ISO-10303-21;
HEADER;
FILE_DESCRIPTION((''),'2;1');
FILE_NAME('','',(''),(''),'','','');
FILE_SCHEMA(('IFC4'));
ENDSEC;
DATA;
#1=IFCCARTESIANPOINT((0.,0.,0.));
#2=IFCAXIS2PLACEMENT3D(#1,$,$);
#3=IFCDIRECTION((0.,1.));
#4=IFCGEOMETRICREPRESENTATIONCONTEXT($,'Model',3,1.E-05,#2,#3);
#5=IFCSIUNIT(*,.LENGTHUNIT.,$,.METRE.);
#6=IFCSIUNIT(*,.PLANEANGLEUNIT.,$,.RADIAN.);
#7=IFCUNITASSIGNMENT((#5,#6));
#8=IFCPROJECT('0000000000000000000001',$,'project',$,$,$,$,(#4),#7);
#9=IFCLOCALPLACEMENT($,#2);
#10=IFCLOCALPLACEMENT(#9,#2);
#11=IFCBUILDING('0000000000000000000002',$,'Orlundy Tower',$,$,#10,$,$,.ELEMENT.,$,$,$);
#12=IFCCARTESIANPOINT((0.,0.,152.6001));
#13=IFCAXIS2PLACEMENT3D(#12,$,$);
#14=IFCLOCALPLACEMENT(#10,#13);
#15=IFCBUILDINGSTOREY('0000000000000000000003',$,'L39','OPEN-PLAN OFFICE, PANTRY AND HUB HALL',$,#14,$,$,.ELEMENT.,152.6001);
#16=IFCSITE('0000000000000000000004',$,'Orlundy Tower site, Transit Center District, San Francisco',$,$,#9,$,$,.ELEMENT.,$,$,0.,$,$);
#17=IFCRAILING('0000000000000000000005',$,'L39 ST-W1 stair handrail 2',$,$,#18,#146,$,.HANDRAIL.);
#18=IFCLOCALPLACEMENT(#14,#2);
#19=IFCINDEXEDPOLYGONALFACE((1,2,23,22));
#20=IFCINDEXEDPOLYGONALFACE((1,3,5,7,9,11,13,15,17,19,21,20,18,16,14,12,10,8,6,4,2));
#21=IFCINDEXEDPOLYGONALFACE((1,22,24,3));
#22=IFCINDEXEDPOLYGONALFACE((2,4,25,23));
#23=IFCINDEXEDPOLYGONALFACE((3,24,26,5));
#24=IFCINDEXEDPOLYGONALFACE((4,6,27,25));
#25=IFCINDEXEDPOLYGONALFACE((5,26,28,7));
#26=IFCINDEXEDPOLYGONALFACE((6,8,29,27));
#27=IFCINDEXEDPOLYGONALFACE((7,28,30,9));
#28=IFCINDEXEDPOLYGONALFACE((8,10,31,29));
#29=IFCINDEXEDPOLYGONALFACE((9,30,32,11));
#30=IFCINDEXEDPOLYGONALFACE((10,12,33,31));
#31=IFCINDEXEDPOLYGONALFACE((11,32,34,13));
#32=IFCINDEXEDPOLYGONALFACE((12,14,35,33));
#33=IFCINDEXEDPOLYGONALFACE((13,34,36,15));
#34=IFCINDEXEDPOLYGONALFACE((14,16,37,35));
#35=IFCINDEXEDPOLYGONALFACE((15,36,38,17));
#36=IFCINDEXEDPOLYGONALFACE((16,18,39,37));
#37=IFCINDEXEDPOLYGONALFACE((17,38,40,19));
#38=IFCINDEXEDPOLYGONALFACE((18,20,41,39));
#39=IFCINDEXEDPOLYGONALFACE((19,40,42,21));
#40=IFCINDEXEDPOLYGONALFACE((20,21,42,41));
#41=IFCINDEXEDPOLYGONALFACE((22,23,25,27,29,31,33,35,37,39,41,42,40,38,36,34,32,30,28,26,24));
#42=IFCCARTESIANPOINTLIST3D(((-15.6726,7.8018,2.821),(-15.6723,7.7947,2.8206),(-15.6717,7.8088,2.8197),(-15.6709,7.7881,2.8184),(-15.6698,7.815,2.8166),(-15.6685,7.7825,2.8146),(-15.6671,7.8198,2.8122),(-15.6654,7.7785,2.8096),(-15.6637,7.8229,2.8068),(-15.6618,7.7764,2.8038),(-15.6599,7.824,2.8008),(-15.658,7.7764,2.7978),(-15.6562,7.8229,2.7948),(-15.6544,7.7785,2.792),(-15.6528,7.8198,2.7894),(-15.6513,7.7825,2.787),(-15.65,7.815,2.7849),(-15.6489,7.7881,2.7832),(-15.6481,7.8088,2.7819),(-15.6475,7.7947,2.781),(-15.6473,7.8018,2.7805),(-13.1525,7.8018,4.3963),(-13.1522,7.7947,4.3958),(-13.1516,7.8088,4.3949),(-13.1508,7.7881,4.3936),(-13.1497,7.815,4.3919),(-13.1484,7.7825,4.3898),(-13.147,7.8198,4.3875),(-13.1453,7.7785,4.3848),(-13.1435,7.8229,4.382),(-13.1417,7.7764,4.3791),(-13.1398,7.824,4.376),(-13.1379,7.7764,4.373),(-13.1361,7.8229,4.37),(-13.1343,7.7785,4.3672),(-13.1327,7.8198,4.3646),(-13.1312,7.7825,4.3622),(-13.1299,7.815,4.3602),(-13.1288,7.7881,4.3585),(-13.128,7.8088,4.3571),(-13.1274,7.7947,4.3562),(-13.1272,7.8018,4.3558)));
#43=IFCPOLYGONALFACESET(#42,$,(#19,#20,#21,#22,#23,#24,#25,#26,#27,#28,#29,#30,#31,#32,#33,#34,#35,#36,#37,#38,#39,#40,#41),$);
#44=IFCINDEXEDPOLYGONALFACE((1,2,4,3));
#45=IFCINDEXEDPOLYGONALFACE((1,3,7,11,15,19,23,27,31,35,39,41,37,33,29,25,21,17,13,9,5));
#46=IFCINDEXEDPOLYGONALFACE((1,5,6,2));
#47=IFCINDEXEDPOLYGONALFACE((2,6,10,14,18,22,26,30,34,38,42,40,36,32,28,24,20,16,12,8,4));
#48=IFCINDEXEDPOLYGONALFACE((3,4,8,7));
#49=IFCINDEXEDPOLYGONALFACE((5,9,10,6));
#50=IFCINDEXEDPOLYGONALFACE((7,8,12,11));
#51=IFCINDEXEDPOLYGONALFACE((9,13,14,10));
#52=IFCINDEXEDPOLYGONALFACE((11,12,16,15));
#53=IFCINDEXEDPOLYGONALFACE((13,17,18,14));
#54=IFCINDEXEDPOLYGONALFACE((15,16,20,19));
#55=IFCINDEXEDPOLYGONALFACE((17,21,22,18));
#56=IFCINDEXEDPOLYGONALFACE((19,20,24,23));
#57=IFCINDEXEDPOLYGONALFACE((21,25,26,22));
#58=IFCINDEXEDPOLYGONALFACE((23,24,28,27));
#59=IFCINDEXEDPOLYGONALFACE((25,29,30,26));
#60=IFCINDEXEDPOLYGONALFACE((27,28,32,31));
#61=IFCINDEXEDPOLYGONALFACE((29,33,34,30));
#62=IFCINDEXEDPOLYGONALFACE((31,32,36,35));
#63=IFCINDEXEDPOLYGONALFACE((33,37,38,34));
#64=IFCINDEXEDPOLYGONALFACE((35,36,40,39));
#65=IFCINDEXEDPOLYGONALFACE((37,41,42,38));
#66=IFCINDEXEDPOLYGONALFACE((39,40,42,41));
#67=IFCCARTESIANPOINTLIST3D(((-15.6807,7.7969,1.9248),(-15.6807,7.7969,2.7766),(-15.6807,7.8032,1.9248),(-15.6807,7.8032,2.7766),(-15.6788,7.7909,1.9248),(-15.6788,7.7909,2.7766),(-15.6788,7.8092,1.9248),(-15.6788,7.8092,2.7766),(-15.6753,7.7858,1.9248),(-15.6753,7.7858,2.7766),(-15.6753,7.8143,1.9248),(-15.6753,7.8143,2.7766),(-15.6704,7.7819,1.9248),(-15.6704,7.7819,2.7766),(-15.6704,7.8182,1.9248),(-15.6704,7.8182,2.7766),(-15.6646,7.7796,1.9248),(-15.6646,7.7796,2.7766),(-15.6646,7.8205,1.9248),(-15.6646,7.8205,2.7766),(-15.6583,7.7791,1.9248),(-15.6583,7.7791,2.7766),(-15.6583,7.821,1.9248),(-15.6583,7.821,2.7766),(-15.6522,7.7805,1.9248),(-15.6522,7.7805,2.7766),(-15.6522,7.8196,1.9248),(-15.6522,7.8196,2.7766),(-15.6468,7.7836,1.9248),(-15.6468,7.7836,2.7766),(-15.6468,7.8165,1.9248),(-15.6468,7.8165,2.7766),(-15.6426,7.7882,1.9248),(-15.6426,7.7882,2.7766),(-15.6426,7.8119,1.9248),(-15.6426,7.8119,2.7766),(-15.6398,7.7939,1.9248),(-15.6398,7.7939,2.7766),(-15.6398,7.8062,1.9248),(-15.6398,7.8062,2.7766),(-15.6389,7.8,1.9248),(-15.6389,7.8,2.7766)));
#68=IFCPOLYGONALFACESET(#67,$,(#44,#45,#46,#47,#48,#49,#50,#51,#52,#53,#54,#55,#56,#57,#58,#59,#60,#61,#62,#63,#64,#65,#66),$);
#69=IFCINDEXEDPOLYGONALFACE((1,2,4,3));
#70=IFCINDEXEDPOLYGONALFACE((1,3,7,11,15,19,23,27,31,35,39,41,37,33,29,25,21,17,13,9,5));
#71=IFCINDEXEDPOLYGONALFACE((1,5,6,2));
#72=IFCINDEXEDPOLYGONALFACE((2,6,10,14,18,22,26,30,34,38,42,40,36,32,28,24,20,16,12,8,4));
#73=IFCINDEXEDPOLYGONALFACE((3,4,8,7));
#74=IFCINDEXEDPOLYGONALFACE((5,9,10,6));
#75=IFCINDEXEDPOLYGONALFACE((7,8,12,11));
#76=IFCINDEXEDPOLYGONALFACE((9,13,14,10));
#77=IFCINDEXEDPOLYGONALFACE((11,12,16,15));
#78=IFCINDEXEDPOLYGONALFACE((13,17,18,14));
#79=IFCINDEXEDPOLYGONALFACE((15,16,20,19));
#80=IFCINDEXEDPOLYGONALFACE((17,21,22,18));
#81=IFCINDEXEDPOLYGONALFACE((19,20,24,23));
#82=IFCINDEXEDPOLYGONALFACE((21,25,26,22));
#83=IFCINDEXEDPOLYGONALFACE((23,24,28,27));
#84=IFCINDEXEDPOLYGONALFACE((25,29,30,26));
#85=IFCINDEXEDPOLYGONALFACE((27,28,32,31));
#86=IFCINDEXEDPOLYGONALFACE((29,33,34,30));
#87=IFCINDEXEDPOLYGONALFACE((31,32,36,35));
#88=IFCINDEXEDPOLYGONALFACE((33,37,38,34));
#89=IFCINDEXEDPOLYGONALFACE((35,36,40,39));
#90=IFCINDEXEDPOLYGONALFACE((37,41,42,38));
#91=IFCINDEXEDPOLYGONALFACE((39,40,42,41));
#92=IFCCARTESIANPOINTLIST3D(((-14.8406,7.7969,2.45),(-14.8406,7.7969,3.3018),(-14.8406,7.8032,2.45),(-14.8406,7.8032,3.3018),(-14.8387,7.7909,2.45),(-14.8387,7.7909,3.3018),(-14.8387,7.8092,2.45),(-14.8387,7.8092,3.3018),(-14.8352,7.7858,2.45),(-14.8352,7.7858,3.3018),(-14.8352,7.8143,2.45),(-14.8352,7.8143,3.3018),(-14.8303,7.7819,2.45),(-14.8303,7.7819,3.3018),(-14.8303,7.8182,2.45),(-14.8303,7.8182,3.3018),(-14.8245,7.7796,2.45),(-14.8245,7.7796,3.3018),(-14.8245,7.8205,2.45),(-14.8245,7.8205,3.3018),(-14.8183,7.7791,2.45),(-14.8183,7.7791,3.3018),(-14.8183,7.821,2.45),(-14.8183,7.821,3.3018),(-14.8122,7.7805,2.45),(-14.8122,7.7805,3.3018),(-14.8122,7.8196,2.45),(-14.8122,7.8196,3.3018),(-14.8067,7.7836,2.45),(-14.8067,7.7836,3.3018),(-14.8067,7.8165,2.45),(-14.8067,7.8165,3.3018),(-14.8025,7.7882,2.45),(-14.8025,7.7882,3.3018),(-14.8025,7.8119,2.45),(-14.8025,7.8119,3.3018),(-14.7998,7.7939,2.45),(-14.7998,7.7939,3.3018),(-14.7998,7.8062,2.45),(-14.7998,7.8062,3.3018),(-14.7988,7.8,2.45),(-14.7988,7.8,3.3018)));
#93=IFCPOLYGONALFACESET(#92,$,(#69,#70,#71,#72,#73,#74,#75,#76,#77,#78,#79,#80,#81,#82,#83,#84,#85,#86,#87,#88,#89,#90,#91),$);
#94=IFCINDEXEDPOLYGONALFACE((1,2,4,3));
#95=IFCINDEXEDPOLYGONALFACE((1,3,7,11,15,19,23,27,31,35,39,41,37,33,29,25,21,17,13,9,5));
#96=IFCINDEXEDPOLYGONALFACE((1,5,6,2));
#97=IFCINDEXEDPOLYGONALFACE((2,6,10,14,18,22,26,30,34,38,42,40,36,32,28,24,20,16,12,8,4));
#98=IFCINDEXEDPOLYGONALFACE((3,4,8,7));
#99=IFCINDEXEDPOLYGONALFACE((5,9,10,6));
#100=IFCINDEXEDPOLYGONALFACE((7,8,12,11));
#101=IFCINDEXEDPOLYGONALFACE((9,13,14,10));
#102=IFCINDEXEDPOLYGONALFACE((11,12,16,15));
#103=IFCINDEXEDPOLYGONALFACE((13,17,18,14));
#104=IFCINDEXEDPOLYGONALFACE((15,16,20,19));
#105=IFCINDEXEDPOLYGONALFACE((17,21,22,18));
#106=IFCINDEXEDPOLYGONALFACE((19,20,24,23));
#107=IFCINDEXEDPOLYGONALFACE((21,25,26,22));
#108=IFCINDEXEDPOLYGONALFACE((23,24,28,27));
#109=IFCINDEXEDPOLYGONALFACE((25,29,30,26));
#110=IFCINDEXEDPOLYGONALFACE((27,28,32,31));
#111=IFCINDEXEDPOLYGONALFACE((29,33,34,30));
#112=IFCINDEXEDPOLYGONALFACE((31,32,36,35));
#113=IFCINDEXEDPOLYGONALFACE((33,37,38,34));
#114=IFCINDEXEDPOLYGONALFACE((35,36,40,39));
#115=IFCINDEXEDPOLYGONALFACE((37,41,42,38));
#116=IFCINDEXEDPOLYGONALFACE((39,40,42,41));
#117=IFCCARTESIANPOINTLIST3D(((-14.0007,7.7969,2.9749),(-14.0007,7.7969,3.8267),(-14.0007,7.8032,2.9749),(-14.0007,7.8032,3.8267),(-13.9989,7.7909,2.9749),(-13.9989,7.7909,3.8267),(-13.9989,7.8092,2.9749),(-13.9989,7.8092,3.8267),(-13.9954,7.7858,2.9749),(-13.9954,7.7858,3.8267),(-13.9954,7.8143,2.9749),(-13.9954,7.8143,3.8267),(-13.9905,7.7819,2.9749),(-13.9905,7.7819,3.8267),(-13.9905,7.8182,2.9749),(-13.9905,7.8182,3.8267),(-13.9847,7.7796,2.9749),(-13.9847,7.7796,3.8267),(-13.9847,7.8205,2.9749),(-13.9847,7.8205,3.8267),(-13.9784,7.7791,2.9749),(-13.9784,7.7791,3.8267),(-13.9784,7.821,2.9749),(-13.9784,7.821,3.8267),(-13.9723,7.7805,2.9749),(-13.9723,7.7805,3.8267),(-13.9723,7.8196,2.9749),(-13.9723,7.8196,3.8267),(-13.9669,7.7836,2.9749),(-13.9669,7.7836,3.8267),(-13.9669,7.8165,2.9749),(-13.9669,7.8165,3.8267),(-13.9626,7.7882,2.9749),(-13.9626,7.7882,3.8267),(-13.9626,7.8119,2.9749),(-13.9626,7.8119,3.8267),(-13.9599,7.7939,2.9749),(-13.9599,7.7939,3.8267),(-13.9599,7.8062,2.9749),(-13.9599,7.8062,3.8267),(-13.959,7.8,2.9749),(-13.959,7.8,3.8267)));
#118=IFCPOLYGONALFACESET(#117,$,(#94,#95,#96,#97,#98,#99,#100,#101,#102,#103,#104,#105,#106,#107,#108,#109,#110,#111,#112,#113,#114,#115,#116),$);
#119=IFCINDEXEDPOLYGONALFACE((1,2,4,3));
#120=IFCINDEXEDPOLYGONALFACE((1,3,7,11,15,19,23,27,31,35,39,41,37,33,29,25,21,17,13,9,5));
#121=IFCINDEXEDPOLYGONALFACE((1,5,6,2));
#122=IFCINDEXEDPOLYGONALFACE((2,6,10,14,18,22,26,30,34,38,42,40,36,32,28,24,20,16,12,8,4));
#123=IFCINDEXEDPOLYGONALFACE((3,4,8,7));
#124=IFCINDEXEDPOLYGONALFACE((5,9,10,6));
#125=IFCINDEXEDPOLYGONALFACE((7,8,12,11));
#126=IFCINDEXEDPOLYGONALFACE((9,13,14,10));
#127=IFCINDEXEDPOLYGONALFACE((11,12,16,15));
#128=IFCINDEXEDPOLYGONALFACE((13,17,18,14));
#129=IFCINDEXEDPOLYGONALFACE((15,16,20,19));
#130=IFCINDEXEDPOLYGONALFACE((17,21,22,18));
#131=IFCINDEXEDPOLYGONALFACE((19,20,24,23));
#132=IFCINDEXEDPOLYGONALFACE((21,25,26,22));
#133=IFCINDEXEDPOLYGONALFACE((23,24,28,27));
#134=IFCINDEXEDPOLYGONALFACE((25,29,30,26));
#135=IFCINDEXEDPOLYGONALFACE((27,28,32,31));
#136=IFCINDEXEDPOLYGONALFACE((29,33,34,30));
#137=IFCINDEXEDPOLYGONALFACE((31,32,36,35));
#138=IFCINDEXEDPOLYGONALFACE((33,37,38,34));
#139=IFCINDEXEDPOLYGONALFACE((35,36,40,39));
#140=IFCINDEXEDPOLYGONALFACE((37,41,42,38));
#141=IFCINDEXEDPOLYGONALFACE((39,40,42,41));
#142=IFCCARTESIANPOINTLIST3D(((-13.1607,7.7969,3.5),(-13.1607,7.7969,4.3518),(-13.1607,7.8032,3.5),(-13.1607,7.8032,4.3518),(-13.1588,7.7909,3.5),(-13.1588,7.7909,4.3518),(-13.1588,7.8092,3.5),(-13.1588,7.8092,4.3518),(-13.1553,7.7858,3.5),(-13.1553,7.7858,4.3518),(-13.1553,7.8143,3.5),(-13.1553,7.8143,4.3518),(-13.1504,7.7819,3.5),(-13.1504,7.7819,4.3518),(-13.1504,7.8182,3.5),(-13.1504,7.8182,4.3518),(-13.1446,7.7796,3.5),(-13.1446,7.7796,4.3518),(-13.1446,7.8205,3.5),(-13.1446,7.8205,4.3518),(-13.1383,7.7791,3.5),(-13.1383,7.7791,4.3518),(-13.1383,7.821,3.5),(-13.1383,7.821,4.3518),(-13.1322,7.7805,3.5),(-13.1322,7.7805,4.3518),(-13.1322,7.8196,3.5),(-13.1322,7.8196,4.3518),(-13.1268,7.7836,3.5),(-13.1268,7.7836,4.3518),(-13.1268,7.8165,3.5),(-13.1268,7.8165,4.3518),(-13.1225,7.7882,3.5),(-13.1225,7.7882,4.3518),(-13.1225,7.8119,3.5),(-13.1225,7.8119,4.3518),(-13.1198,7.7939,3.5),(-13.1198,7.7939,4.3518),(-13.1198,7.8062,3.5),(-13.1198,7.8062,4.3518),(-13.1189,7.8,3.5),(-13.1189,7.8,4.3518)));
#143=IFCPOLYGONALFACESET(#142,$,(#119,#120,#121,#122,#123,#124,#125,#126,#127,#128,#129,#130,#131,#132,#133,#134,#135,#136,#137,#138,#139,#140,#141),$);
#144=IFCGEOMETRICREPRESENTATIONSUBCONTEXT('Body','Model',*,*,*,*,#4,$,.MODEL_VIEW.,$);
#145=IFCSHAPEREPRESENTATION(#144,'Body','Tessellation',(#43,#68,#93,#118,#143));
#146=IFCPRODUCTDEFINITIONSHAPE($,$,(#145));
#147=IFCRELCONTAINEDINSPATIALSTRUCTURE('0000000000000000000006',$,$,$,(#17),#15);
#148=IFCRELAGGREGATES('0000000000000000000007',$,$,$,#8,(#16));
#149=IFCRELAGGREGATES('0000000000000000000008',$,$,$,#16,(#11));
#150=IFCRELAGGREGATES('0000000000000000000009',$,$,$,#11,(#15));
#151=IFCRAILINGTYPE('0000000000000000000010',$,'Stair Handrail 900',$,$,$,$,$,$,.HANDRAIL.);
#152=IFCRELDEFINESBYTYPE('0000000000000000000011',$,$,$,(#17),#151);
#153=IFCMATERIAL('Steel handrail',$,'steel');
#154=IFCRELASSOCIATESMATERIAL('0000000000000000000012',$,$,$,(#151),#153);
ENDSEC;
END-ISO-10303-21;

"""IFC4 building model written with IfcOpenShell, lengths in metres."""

from ifc_helpers import new_model, si_unit, direction, frame, origin, origin_2d, place, context, subcontext, project, spatial, circle, extrude, material, type_object, element, save


model = new_model("IFC4")

# Units and contexts
model_context = context("Model", 3, precision=1e-05, world=origin(), true_north=direction((0.0, 1.0)))
body_context = subcontext(model_context, "Body", "Model", "MODEL_VIEW")
ifc_project = project(units=[si_unit("LENGTHUNIT", "METRE"), si_unit("PLANEANGLEUNIT", "RADIAN")], contexts=[model_context])

# Site, building, storey
site_placement = place(None, origin())
site = spatial("IfcSite", under=ifc_project, at=site_placement, Name="Orlundy Tower site, Transit Center District, San Francisco", CompositionType="ELEMENT", RefElevation=0.0)
building_placement = place(site_placement, origin())
building = spatial("IfcBuilding", under=site, at=building_placement, Name="Orlundy Tower", CompositionType="ELEMENT")
storey_placement = place(building_placement, frame((0.0, 0.0, 152.6001)))
storey = spatial("IfcBuildingStorey", under=building, at=storey_placement, Name="L39", Description="OPEN-PLAN OFFICE, PANTRY AND HUB HALL", CompositionType="ELEMENT", Elevation=152.6001)

# Railing
ifc_material_1 = material(Name="Steel handrail", Category="steel")
railing_type = type_object("IfcRailingType", Name="Stair Handrail 900", PredefinedType="HANDRAIL", material=ifc_material_1)
railing_placement = place(storey_placement, frame((-15.6599, 7.8, 1.9248)))
element("IfcRailing", 1, at=railing_placement, inside=storey, type_object=railing_type, Name="L39 ST-W1 stair handrail 2", PredefinedType="HANDRAIL", context=body_context, shape_type="SweptSolid", body=[
    extrude(circle(Radius=0.0239, at=origin_2d()), frame((0.0, 0.0, 0.876), z_axis=(0.847971, 0.0, 0.530043), x_axis=(0.0, 1.0, 0.0)), (0.0, 0.0, 1.0), 2.9719),
    extrude(circle(Radius=0.021, at=origin_2d()), origin(), (0.0, 0.0, 1.0), 0.8518),
    extrude(circle(Radius=0.021, at=origin_2d()), frame((0.8401, 0.0, 0.5251)), (0.0, 0.0, 1.0), 0.8518),
    extrude(circle(Radius=0.021, at=origin_2d()), frame((1.6799, 0.0, 1.05)), (0.0, 0.0, 1.0), 0.8518),
    extrude(circle(Radius=0.021, at=origin_2d()), frame((2.52, 0.0, 1.5752)), (0.0, 0.0, 1.0), 0.8518),
])

save(model, "model.ifc")
